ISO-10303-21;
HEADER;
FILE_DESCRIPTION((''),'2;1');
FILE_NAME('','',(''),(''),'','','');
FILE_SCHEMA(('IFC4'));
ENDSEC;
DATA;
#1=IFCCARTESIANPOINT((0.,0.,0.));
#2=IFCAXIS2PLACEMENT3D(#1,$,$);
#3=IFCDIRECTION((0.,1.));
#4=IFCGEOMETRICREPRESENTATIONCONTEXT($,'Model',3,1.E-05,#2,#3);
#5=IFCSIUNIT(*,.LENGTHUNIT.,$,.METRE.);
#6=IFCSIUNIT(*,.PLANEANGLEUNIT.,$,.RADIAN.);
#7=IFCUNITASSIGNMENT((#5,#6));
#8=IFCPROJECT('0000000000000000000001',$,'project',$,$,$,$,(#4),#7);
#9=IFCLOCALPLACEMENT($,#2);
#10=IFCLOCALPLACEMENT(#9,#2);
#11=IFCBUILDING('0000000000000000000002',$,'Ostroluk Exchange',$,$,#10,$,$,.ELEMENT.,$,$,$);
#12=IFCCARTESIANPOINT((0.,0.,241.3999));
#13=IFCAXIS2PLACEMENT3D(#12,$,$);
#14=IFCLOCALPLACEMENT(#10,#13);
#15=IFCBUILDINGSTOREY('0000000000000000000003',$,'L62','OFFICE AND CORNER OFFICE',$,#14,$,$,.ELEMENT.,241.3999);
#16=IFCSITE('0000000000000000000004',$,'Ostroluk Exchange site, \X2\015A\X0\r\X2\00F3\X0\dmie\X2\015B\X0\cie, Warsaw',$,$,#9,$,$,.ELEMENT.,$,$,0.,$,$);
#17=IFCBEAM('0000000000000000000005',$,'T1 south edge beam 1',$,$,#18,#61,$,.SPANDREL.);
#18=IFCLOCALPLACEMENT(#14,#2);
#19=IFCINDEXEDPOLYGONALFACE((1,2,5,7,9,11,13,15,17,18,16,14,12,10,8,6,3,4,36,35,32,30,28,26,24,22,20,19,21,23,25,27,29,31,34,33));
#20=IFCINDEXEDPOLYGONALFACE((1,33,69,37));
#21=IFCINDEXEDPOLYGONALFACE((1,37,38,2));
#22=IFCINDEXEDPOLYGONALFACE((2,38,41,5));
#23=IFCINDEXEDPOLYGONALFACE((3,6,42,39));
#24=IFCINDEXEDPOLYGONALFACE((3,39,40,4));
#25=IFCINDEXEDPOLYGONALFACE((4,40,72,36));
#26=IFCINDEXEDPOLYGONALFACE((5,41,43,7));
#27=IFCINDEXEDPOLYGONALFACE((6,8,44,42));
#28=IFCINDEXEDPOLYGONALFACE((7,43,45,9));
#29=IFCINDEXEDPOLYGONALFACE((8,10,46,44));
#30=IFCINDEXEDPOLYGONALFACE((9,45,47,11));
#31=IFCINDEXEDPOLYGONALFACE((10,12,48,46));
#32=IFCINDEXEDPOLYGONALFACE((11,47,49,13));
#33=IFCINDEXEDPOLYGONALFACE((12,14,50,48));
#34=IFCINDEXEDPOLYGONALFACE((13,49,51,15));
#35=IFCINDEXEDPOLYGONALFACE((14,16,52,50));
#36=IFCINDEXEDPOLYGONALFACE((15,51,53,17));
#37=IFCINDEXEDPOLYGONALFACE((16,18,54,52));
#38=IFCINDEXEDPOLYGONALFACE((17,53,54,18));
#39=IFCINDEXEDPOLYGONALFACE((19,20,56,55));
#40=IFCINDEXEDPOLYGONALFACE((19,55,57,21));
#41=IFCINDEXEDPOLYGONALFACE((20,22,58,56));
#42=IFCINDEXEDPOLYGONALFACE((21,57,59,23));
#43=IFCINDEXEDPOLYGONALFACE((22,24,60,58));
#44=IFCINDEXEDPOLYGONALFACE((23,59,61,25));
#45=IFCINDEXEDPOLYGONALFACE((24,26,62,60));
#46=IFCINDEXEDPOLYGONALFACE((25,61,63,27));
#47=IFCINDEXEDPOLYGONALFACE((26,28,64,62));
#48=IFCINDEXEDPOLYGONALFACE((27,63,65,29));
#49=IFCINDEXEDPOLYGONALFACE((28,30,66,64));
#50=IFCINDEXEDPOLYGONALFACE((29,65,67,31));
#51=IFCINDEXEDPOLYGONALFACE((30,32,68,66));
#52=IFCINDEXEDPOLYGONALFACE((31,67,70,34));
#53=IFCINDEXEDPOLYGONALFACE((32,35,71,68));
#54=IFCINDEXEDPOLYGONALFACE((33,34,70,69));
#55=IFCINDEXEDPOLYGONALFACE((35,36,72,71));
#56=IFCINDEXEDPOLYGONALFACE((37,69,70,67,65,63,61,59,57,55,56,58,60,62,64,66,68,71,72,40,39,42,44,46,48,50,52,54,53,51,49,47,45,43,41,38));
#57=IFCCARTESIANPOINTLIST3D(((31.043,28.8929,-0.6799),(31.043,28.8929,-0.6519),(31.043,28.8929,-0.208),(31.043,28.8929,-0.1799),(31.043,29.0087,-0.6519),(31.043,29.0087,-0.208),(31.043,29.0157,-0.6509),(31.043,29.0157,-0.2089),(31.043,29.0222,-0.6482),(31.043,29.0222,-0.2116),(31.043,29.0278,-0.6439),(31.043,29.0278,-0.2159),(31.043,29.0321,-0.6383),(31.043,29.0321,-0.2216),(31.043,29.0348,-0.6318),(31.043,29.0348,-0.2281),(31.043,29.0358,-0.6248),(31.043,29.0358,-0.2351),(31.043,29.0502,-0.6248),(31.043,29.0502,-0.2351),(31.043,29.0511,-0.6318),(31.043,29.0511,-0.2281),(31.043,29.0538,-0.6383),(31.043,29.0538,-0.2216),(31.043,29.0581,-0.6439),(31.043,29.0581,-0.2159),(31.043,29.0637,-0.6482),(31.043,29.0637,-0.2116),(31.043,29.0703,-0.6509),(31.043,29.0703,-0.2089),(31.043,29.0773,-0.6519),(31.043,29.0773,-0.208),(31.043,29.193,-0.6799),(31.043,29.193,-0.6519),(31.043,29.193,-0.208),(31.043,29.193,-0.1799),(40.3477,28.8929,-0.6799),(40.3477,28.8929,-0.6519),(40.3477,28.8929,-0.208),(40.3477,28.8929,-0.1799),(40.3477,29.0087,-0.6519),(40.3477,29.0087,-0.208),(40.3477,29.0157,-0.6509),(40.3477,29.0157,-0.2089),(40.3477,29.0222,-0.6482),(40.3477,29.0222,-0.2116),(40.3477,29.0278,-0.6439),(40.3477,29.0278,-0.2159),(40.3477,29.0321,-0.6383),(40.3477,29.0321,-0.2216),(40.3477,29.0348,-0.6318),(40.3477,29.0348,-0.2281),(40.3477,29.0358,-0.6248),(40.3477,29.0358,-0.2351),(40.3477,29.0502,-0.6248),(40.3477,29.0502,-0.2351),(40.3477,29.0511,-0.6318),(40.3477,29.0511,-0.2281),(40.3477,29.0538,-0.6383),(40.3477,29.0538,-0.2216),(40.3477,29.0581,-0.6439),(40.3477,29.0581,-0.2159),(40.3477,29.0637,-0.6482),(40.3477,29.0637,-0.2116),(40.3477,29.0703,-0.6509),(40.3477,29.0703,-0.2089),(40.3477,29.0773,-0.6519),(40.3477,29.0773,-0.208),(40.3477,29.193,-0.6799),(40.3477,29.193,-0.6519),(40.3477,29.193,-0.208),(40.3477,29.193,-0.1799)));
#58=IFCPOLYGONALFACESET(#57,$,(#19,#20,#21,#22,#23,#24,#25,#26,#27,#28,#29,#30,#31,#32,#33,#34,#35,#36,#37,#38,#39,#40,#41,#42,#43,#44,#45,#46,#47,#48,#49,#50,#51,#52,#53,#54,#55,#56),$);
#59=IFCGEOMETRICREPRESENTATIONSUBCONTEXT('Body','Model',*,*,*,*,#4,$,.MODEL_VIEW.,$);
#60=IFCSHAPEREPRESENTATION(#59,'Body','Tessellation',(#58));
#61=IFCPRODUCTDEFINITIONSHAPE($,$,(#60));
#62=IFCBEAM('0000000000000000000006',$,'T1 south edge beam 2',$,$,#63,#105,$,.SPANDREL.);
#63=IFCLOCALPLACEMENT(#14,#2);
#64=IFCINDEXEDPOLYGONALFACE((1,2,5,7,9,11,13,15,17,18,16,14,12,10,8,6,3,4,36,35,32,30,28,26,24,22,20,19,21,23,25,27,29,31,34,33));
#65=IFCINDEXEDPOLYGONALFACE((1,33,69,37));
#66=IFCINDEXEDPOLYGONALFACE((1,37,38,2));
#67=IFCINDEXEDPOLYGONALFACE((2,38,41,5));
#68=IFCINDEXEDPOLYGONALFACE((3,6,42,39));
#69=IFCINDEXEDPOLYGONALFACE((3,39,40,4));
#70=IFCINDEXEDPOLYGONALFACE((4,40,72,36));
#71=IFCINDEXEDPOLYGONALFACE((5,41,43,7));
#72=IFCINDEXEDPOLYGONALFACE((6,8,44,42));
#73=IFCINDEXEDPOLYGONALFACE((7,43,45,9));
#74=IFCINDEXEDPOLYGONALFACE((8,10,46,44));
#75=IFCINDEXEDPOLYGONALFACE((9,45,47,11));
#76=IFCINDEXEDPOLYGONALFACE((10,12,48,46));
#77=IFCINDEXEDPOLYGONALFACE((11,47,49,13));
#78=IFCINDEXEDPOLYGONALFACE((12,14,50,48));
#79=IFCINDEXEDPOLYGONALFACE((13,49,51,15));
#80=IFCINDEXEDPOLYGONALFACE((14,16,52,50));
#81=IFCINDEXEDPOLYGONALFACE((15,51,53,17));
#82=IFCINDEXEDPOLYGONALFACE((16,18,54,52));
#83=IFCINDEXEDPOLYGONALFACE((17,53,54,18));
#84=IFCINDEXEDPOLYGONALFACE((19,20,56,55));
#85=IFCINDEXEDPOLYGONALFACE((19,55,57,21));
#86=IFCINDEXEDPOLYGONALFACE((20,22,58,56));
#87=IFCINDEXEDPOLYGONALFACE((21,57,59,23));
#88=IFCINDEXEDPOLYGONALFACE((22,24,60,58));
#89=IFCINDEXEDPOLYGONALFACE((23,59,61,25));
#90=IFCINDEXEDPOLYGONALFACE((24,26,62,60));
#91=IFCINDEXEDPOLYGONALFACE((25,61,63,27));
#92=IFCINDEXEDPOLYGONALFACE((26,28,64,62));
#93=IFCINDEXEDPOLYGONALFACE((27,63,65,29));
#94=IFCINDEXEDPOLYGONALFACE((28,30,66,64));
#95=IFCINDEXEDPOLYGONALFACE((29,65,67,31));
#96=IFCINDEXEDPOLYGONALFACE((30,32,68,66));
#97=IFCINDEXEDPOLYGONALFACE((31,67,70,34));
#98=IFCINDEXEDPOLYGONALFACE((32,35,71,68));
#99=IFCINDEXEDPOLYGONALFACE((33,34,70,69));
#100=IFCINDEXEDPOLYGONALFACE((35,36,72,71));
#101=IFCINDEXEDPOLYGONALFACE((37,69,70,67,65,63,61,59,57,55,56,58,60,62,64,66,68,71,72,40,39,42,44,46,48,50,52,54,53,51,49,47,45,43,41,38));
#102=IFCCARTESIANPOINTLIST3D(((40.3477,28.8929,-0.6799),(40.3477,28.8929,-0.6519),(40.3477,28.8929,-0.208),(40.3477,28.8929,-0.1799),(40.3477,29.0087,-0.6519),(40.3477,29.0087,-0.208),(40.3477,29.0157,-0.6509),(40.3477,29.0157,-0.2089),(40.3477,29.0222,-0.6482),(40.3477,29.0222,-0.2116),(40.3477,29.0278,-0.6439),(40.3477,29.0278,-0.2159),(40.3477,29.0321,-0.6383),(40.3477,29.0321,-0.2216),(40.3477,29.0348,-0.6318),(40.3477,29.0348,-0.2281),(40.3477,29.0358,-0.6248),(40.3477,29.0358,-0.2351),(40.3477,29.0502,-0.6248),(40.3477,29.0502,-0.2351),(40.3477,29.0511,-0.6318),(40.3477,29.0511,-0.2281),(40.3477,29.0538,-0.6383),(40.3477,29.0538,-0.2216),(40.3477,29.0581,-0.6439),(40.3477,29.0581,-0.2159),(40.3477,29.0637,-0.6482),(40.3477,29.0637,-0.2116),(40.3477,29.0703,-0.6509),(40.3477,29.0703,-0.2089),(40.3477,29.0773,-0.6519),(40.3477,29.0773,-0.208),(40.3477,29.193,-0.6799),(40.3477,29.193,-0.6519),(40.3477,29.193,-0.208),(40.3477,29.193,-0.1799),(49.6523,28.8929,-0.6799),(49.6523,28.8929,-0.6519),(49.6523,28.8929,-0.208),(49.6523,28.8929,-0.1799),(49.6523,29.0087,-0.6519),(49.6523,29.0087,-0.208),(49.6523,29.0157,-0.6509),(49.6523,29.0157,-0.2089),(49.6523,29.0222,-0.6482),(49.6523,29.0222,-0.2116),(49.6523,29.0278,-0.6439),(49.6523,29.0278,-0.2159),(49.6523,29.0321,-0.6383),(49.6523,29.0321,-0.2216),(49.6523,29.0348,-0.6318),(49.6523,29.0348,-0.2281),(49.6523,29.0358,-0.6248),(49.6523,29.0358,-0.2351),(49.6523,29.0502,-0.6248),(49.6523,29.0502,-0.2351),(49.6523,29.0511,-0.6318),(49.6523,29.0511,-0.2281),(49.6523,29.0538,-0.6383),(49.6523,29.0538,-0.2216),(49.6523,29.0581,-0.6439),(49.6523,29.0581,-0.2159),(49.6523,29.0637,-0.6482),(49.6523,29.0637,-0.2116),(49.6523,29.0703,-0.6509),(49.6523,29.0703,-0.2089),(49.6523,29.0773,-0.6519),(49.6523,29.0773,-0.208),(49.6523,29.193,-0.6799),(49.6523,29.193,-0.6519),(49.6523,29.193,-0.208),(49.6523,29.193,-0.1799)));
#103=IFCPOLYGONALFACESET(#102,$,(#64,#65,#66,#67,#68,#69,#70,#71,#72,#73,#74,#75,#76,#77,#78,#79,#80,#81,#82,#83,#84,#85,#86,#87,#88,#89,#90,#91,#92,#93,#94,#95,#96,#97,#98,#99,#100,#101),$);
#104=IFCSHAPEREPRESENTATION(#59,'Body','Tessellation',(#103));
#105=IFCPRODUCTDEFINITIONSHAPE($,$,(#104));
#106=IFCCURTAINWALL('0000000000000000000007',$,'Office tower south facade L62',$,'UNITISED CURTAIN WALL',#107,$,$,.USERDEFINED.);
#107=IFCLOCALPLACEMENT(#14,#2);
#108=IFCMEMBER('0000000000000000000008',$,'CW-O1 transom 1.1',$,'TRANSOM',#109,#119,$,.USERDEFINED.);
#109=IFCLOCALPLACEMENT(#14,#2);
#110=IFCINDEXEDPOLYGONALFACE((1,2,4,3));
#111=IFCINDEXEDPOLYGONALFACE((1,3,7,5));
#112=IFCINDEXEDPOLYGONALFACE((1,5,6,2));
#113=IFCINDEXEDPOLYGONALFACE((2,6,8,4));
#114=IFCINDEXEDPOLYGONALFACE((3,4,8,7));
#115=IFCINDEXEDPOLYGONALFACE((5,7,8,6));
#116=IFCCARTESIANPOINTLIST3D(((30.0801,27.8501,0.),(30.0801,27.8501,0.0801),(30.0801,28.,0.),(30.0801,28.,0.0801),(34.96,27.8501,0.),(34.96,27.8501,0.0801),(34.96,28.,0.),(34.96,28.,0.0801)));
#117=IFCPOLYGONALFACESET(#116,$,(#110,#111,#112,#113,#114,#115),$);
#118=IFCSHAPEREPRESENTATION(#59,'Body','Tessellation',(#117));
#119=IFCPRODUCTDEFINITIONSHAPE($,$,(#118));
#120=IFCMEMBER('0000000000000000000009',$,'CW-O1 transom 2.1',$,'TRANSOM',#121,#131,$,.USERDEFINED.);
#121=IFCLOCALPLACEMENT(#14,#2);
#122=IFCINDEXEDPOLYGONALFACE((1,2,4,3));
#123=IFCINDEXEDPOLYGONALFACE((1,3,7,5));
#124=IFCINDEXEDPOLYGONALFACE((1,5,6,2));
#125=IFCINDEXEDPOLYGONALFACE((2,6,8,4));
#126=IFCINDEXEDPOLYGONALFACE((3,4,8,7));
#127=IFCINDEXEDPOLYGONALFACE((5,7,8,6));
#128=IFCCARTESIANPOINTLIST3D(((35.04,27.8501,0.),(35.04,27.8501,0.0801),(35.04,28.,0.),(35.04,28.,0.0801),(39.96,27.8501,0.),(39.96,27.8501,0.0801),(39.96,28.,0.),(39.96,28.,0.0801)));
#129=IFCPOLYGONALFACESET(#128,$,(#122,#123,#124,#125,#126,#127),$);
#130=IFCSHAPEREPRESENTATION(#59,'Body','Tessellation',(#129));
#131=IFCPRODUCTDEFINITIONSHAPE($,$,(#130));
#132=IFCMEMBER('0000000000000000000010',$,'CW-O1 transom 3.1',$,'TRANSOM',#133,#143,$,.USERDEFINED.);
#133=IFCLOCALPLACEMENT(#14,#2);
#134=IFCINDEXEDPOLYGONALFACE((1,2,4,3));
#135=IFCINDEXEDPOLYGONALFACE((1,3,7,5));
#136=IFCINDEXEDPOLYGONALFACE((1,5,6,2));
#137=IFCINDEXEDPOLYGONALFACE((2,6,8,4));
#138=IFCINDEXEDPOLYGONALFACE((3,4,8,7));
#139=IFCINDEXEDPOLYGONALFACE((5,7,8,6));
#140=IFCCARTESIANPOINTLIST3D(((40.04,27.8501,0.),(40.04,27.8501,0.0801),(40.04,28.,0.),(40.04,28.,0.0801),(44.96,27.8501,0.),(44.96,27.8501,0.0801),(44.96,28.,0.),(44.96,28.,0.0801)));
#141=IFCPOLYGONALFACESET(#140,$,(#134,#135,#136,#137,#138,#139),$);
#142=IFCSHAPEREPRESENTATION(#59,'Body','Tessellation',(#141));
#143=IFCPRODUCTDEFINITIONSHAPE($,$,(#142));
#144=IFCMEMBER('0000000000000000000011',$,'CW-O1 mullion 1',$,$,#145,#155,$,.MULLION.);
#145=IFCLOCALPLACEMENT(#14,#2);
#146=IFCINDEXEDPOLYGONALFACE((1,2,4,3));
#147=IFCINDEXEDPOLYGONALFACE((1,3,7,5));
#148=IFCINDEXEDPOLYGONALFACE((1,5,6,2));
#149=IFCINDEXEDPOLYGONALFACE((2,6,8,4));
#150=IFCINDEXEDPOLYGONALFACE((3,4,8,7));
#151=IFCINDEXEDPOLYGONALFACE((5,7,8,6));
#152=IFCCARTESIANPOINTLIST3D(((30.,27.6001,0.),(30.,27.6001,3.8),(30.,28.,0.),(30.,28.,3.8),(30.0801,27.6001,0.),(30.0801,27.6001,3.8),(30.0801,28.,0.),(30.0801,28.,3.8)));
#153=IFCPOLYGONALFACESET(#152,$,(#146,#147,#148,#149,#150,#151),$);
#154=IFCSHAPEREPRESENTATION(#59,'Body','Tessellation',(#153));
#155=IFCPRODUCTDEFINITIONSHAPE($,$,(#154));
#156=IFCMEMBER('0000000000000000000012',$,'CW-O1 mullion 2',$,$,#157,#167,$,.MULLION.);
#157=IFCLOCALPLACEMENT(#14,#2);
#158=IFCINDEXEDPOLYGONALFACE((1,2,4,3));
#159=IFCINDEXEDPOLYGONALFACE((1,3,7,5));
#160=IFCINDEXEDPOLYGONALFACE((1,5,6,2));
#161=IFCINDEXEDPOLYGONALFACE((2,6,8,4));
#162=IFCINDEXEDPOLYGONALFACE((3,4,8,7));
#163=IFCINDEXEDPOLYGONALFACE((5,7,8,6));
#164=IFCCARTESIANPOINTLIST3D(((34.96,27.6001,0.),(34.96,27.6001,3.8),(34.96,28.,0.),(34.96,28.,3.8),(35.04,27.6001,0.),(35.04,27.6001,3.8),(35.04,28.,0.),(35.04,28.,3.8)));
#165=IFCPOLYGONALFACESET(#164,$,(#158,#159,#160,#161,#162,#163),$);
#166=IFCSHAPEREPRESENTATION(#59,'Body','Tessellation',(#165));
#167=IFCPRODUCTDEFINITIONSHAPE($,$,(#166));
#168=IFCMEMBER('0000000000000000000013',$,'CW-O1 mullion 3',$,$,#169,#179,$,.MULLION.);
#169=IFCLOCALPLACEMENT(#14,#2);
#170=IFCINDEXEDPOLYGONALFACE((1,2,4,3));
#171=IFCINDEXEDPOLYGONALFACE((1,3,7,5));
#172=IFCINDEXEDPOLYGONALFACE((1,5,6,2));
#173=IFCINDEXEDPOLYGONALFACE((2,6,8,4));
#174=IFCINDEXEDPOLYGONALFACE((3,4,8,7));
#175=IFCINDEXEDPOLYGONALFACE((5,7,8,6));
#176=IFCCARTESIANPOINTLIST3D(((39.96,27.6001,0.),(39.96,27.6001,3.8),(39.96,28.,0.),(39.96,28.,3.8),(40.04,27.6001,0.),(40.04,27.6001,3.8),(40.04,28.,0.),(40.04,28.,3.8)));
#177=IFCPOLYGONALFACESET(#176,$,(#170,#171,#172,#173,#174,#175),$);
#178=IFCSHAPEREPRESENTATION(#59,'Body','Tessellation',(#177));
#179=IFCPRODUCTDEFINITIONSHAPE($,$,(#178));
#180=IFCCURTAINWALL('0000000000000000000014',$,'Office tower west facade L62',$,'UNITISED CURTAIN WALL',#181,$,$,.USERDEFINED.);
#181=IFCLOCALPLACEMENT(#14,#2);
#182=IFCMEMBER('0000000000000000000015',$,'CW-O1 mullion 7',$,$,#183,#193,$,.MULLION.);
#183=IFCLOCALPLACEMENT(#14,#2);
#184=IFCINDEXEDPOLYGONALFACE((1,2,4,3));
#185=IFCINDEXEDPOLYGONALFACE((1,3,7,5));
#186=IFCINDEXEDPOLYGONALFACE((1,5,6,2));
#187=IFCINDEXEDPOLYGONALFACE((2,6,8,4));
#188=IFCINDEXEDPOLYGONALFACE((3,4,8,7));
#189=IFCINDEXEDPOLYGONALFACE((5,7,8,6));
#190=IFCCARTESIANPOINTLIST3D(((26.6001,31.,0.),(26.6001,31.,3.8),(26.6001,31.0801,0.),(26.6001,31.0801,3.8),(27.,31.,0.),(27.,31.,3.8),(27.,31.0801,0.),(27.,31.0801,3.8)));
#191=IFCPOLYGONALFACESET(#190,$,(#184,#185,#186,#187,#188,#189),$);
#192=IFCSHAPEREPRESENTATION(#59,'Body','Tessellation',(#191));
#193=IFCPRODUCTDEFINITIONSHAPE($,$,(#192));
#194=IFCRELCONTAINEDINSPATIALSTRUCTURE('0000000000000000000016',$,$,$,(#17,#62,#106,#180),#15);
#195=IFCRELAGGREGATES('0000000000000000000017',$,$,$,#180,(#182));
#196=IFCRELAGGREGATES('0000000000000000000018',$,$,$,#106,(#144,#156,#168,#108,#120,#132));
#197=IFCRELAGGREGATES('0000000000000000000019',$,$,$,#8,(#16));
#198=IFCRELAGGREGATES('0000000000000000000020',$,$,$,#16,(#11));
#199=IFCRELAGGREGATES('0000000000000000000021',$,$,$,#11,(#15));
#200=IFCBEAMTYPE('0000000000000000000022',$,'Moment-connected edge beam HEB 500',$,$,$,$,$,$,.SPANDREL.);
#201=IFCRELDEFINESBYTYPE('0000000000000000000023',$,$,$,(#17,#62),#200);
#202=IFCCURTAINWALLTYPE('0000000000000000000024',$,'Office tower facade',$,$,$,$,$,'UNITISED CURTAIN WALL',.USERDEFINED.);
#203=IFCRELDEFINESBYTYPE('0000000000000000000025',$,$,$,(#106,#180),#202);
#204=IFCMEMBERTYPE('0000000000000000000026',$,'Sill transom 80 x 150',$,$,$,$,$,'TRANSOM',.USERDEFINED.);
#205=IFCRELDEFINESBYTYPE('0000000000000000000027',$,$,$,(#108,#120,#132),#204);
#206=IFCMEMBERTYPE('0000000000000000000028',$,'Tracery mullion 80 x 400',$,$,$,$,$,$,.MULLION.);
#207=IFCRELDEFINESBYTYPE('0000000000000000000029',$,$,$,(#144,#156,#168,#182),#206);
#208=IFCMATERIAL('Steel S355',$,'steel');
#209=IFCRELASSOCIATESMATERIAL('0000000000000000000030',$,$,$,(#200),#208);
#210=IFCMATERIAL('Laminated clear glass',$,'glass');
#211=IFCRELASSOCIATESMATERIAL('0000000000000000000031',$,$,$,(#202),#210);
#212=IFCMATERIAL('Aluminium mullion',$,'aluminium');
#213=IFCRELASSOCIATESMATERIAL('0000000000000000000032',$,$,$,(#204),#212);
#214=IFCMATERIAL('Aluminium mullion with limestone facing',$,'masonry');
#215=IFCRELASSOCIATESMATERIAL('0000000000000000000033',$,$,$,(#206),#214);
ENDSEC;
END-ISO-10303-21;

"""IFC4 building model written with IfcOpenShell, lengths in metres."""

from ifc_helpers import new_model, si_unit, direction, frame, origin, origin_2d, place, context, subcontext, project, spatial, rectangle, i_section, extrude, material, material_profile, profile_set, type_object, element, aggregate, save


model = new_model("IFC4")

# Units and contexts
model_context = context("Model", 3, precision=1e-05, world=origin(), true_north=direction((0.0, 1.0)))
body_context = subcontext(model_context, "Body", "Model", "MODEL_VIEW")
ifc_project = project(units=[si_unit("LENGTHUNIT", "METRE"), si_unit("PLANEANGLEUNIT", "RADIAN")], contexts=[model_context])

# Site, building, storey
site_placement = place(None, origin())
site = spatial("IfcSite", under=ifc_project, at=site_placement, Name="Ostroluk Exchange site, Śródmieście, Warsaw", CompositionType="ELEMENT", RefElevation=0.0)
building_placement = place(site_placement, origin())
building = spatial("IfcBuilding", under=site, at=building_placement, Name="Ostroluk Exchange", CompositionType="ELEMENT")
storey_placement = place(building_placement, frame((0.0, 0.0, 241.3999)))
storey = spatial("IfcBuildingStorey", under=building, at=storey_placement, Name="L62", Description="OFFICE AND CORNER OFFICE", CompositionType="ELEMENT", Elevation=241.3999)

# Beams
ifc_material_1 = material(Name="Steel S355", Category="steel")
ifc_material_profile_1 = material_profile(ifc_material_1, i_section(OverallWidth=0.3, OverallDepth=0.5, WebThickness=0.0144, FlangeThickness=0.0281, FilletRadius=0.0271, at=origin_2d()), Name="HEB 500")
ifc_profile_set_1 = profile_set([ifc_material_profile_1], Name="Steel S355")
beam_type_1 = type_object("IfcBeamType", Name="Moment-connected edge beam HEB 500", PredefinedType="SPANDREL", material=ifc_profile_set_1)
for number, where, z_axis, x_axis, name in (
    (1, (31.043, 29.043, -0.4299), (1.0, 0.0, 0.0), (0.0, 1.0, 0.0), "T1 south edge beam 1"),
    (2, (40.3477, 29.043, -0.4299), (1.0, 0.0, 0.0), (0.0, 1.0, 0.0), "T1 south edge beam 2"),
):
    element("IfcBeam", number, at=place(storey_placement, frame(where, z_axis=z_axis, x_axis=x_axis)), inside=storey, type_object=beam_type_1, Name=name, PredefinedType="SPANDREL", context=body_context, shape_type="SweptSolid", body=[
        extrude(i_section(OverallWidth=0.3, OverallDepth=0.5, WebThickness=0.0144, FlangeThickness=0.0281, FilletRadius=0.0271, at=origin_2d()), origin(), (0.0, 0.0, 1.0), 9.3047),
    ])

# Curtain wall, members
ifc_material_2 = material(Name="Laminated clear glass", Category="glass")
curtain_wall_type = type_object("IfcCurtainWallType", Name="Office tower facade", ElementType="UNITISED CURTAIN WALL", PredefinedType="USERDEFINED", material=ifc_material_2)
curtain_wall_1_placement = place(storey_placement, origin())
curtain_wall_1 = element("IfcCurtainWall", 3, at=curtain_wall_1_placement, inside=storey, type_object=curtain_wall_type, Name="Office tower south facade L62", ObjectType="UNITISED CURTAIN WALL", PredefinedType="USERDEFINED")
ifc_material_3 = material(Name="Aluminium mullion", Category="aluminium")
ifc_material_profile_2 = material_profile(ifc_material_3, rectangle(XDim=0.1499, YDim=0.0801, at=origin_2d()), Name="Sill transom 80 x 150")
ifc_profile_set_2 = profile_set([ifc_material_profile_2], Name="Aluminium mullion")
member_type_1 = type_object("IfcMemberType", Name="Sill transom 80 x 150", ElementType="TRANSOM", PredefinedType="USERDEFINED", material=ifc_profile_set_2)
member_1_placement = place(storey_placement, frame((30.0801, 27.925, 0.04), z_axis=(1.0, 0.0, 0.0), x_axis=(0.0, 1.0, 0.0)))
member_1 = element("IfcMember", 4, at=member_1_placement, type_object=member_type_1, Name="CW-O1 transom 1.1", ObjectType="TRANSOM", PredefinedType="USERDEFINED", context=body_context, shape_type="SweptSolid", body=[
    extrude(rectangle(XDim=0.1499, YDim=0.0801, at=origin_2d()), origin(), (0.0, 0.0, 1.0), 4.8799),
])
member_2_placement = place(storey_placement, frame((35.04, 27.925, 0.04), z_axis=(1.0, 0.0, 0.0), x_axis=(0.0, 1.0, 0.0)))
member_2 = element("IfcMember", 5, at=member_2_placement, type_object=member_type_1, Name="CW-O1 transom 2.1", ObjectType="TRANSOM", PredefinedType="USERDEFINED", context=body_context, shape_type="SweptSolid", body=[
    extrude(rectangle(XDim=0.1499, YDim=0.0801, at=origin_2d()), origin(), (0.0, 0.0, 1.0), 4.9199),
])
member_3_placement = place(storey_placement, frame((40.04, 27.925, 0.04), z_axis=(1.0, 0.0, 0.0), x_axis=(0.0, 1.0, 0.0)))
member_3 = element("IfcMember", 6, at=member_3_placement, type_object=member_type_1, Name="CW-O1 transom 3.1", ObjectType="TRANSOM", PredefinedType="USERDEFINED", context=body_context, shape_type="SweptSolid", body=[
    extrude(rectangle(XDim=0.1499, YDim=0.0801, at=origin_2d()), origin(), (0.0, 0.0, 1.0), 4.9199),
])
ifc_material_4 = material(Name="Aluminium mullion with limestone facing", Category="masonry")
ifc_material_profile_3 = material_profile(ifc_material_4, rectangle(XDim=0.3999, YDim=0.0801, at=origin_2d()), Name="Tracery mullion 80 x 400")
ifc_profile_set_3 = profile_set([ifc_material_profile_3], Name="Aluminium mullion with limestone facing")
member_type_2 = type_object("IfcMemberType", Name="Tracery mullion 80 x 400", PredefinedType="MULLION", material=ifc_profile_set_3)
member_4_placement = place(storey_placement, frame((30.04, 27.8, 0.0), z_axis=(0.0, 0.0, 1.0), x_axis=(0.0, 1.0, 0.0)))
member_4 = element("IfcMember", 7, at=member_4_placement, type_object=member_type_2, Name="CW-O1 mullion 1", PredefinedType="MULLION", context=body_context, shape_type="SweptSolid", body=[
    extrude(rectangle(XDim=0.3999, YDim=0.0801, at=origin_2d()), origin(), (0.0, 0.0, 1.0), 3.8),
])
member_5_placement = place(storey_placement, frame((35.0, 27.8, 0.0), z_axis=(0.0, 0.0, 1.0), x_axis=(0.0, 1.0, 0.0)))
member_5 = element("IfcMember", 8, at=member_5_placement, type_object=member_type_2, Name="CW-O1 mullion 2", PredefinedType="MULLION", context=body_context, shape_type="SweptSolid", body=[
    extrude(rectangle(XDim=0.3999, YDim=0.0801, at=origin_2d()), origin(), (0.0, 0.0, 1.0), 3.8),
])
member_6_placement = place(storey_placement, frame((40.0, 27.8, 0.0), z_axis=(0.0, 0.0, 1.0), x_axis=(0.0, 1.0, 0.0)))
member_6 = element("IfcMember", 9, at=member_6_placement, type_object=member_type_2, Name="CW-O1 mullion 3", PredefinedType="MULLION", context=body_context, shape_type="SweptSolid", body=[
    extrude(rectangle(XDim=0.3999, YDim=0.0801, at=origin_2d()), origin(), (0.0, 0.0, 1.0), 3.8),
])

# Curtain wall, member
curtain_wall_2_placement = place(storey_placement, origin())
curtain_wall_2 = element("IfcCurtainWall", 10, at=curtain_wall_2_placement, inside=storey, type_object=curtain_wall_type, Name="Office tower west facade L62", ObjectType="UNITISED CURTAIN WALL", PredefinedType="USERDEFINED")
member_7_placement = place(storey_placement, frame((26.8, 31.04, 0.0), z_axis=(0.0, 0.0, 1.0), x_axis=(1.0, 0.0, 0.0)))
member_7 = element("IfcMember", 11, at=member_7_placement, type_object=member_type_2, Name="CW-O1 mullion 7", PredefinedType="MULLION", context=body_context, shape_type="SweptSolid", body=[
    extrude(rectangle(XDim=0.3999, YDim=0.0801, at=origin_2d()), origin(), (0.0, 0.0, 1.0), 3.8),
])
aggregate(curtain_wall_2, [member_7])

aggregate(curtain_wall_1, [member_4, member_5, member_6, member_1, member_2, member_3])

save(model, "model.ifc")
